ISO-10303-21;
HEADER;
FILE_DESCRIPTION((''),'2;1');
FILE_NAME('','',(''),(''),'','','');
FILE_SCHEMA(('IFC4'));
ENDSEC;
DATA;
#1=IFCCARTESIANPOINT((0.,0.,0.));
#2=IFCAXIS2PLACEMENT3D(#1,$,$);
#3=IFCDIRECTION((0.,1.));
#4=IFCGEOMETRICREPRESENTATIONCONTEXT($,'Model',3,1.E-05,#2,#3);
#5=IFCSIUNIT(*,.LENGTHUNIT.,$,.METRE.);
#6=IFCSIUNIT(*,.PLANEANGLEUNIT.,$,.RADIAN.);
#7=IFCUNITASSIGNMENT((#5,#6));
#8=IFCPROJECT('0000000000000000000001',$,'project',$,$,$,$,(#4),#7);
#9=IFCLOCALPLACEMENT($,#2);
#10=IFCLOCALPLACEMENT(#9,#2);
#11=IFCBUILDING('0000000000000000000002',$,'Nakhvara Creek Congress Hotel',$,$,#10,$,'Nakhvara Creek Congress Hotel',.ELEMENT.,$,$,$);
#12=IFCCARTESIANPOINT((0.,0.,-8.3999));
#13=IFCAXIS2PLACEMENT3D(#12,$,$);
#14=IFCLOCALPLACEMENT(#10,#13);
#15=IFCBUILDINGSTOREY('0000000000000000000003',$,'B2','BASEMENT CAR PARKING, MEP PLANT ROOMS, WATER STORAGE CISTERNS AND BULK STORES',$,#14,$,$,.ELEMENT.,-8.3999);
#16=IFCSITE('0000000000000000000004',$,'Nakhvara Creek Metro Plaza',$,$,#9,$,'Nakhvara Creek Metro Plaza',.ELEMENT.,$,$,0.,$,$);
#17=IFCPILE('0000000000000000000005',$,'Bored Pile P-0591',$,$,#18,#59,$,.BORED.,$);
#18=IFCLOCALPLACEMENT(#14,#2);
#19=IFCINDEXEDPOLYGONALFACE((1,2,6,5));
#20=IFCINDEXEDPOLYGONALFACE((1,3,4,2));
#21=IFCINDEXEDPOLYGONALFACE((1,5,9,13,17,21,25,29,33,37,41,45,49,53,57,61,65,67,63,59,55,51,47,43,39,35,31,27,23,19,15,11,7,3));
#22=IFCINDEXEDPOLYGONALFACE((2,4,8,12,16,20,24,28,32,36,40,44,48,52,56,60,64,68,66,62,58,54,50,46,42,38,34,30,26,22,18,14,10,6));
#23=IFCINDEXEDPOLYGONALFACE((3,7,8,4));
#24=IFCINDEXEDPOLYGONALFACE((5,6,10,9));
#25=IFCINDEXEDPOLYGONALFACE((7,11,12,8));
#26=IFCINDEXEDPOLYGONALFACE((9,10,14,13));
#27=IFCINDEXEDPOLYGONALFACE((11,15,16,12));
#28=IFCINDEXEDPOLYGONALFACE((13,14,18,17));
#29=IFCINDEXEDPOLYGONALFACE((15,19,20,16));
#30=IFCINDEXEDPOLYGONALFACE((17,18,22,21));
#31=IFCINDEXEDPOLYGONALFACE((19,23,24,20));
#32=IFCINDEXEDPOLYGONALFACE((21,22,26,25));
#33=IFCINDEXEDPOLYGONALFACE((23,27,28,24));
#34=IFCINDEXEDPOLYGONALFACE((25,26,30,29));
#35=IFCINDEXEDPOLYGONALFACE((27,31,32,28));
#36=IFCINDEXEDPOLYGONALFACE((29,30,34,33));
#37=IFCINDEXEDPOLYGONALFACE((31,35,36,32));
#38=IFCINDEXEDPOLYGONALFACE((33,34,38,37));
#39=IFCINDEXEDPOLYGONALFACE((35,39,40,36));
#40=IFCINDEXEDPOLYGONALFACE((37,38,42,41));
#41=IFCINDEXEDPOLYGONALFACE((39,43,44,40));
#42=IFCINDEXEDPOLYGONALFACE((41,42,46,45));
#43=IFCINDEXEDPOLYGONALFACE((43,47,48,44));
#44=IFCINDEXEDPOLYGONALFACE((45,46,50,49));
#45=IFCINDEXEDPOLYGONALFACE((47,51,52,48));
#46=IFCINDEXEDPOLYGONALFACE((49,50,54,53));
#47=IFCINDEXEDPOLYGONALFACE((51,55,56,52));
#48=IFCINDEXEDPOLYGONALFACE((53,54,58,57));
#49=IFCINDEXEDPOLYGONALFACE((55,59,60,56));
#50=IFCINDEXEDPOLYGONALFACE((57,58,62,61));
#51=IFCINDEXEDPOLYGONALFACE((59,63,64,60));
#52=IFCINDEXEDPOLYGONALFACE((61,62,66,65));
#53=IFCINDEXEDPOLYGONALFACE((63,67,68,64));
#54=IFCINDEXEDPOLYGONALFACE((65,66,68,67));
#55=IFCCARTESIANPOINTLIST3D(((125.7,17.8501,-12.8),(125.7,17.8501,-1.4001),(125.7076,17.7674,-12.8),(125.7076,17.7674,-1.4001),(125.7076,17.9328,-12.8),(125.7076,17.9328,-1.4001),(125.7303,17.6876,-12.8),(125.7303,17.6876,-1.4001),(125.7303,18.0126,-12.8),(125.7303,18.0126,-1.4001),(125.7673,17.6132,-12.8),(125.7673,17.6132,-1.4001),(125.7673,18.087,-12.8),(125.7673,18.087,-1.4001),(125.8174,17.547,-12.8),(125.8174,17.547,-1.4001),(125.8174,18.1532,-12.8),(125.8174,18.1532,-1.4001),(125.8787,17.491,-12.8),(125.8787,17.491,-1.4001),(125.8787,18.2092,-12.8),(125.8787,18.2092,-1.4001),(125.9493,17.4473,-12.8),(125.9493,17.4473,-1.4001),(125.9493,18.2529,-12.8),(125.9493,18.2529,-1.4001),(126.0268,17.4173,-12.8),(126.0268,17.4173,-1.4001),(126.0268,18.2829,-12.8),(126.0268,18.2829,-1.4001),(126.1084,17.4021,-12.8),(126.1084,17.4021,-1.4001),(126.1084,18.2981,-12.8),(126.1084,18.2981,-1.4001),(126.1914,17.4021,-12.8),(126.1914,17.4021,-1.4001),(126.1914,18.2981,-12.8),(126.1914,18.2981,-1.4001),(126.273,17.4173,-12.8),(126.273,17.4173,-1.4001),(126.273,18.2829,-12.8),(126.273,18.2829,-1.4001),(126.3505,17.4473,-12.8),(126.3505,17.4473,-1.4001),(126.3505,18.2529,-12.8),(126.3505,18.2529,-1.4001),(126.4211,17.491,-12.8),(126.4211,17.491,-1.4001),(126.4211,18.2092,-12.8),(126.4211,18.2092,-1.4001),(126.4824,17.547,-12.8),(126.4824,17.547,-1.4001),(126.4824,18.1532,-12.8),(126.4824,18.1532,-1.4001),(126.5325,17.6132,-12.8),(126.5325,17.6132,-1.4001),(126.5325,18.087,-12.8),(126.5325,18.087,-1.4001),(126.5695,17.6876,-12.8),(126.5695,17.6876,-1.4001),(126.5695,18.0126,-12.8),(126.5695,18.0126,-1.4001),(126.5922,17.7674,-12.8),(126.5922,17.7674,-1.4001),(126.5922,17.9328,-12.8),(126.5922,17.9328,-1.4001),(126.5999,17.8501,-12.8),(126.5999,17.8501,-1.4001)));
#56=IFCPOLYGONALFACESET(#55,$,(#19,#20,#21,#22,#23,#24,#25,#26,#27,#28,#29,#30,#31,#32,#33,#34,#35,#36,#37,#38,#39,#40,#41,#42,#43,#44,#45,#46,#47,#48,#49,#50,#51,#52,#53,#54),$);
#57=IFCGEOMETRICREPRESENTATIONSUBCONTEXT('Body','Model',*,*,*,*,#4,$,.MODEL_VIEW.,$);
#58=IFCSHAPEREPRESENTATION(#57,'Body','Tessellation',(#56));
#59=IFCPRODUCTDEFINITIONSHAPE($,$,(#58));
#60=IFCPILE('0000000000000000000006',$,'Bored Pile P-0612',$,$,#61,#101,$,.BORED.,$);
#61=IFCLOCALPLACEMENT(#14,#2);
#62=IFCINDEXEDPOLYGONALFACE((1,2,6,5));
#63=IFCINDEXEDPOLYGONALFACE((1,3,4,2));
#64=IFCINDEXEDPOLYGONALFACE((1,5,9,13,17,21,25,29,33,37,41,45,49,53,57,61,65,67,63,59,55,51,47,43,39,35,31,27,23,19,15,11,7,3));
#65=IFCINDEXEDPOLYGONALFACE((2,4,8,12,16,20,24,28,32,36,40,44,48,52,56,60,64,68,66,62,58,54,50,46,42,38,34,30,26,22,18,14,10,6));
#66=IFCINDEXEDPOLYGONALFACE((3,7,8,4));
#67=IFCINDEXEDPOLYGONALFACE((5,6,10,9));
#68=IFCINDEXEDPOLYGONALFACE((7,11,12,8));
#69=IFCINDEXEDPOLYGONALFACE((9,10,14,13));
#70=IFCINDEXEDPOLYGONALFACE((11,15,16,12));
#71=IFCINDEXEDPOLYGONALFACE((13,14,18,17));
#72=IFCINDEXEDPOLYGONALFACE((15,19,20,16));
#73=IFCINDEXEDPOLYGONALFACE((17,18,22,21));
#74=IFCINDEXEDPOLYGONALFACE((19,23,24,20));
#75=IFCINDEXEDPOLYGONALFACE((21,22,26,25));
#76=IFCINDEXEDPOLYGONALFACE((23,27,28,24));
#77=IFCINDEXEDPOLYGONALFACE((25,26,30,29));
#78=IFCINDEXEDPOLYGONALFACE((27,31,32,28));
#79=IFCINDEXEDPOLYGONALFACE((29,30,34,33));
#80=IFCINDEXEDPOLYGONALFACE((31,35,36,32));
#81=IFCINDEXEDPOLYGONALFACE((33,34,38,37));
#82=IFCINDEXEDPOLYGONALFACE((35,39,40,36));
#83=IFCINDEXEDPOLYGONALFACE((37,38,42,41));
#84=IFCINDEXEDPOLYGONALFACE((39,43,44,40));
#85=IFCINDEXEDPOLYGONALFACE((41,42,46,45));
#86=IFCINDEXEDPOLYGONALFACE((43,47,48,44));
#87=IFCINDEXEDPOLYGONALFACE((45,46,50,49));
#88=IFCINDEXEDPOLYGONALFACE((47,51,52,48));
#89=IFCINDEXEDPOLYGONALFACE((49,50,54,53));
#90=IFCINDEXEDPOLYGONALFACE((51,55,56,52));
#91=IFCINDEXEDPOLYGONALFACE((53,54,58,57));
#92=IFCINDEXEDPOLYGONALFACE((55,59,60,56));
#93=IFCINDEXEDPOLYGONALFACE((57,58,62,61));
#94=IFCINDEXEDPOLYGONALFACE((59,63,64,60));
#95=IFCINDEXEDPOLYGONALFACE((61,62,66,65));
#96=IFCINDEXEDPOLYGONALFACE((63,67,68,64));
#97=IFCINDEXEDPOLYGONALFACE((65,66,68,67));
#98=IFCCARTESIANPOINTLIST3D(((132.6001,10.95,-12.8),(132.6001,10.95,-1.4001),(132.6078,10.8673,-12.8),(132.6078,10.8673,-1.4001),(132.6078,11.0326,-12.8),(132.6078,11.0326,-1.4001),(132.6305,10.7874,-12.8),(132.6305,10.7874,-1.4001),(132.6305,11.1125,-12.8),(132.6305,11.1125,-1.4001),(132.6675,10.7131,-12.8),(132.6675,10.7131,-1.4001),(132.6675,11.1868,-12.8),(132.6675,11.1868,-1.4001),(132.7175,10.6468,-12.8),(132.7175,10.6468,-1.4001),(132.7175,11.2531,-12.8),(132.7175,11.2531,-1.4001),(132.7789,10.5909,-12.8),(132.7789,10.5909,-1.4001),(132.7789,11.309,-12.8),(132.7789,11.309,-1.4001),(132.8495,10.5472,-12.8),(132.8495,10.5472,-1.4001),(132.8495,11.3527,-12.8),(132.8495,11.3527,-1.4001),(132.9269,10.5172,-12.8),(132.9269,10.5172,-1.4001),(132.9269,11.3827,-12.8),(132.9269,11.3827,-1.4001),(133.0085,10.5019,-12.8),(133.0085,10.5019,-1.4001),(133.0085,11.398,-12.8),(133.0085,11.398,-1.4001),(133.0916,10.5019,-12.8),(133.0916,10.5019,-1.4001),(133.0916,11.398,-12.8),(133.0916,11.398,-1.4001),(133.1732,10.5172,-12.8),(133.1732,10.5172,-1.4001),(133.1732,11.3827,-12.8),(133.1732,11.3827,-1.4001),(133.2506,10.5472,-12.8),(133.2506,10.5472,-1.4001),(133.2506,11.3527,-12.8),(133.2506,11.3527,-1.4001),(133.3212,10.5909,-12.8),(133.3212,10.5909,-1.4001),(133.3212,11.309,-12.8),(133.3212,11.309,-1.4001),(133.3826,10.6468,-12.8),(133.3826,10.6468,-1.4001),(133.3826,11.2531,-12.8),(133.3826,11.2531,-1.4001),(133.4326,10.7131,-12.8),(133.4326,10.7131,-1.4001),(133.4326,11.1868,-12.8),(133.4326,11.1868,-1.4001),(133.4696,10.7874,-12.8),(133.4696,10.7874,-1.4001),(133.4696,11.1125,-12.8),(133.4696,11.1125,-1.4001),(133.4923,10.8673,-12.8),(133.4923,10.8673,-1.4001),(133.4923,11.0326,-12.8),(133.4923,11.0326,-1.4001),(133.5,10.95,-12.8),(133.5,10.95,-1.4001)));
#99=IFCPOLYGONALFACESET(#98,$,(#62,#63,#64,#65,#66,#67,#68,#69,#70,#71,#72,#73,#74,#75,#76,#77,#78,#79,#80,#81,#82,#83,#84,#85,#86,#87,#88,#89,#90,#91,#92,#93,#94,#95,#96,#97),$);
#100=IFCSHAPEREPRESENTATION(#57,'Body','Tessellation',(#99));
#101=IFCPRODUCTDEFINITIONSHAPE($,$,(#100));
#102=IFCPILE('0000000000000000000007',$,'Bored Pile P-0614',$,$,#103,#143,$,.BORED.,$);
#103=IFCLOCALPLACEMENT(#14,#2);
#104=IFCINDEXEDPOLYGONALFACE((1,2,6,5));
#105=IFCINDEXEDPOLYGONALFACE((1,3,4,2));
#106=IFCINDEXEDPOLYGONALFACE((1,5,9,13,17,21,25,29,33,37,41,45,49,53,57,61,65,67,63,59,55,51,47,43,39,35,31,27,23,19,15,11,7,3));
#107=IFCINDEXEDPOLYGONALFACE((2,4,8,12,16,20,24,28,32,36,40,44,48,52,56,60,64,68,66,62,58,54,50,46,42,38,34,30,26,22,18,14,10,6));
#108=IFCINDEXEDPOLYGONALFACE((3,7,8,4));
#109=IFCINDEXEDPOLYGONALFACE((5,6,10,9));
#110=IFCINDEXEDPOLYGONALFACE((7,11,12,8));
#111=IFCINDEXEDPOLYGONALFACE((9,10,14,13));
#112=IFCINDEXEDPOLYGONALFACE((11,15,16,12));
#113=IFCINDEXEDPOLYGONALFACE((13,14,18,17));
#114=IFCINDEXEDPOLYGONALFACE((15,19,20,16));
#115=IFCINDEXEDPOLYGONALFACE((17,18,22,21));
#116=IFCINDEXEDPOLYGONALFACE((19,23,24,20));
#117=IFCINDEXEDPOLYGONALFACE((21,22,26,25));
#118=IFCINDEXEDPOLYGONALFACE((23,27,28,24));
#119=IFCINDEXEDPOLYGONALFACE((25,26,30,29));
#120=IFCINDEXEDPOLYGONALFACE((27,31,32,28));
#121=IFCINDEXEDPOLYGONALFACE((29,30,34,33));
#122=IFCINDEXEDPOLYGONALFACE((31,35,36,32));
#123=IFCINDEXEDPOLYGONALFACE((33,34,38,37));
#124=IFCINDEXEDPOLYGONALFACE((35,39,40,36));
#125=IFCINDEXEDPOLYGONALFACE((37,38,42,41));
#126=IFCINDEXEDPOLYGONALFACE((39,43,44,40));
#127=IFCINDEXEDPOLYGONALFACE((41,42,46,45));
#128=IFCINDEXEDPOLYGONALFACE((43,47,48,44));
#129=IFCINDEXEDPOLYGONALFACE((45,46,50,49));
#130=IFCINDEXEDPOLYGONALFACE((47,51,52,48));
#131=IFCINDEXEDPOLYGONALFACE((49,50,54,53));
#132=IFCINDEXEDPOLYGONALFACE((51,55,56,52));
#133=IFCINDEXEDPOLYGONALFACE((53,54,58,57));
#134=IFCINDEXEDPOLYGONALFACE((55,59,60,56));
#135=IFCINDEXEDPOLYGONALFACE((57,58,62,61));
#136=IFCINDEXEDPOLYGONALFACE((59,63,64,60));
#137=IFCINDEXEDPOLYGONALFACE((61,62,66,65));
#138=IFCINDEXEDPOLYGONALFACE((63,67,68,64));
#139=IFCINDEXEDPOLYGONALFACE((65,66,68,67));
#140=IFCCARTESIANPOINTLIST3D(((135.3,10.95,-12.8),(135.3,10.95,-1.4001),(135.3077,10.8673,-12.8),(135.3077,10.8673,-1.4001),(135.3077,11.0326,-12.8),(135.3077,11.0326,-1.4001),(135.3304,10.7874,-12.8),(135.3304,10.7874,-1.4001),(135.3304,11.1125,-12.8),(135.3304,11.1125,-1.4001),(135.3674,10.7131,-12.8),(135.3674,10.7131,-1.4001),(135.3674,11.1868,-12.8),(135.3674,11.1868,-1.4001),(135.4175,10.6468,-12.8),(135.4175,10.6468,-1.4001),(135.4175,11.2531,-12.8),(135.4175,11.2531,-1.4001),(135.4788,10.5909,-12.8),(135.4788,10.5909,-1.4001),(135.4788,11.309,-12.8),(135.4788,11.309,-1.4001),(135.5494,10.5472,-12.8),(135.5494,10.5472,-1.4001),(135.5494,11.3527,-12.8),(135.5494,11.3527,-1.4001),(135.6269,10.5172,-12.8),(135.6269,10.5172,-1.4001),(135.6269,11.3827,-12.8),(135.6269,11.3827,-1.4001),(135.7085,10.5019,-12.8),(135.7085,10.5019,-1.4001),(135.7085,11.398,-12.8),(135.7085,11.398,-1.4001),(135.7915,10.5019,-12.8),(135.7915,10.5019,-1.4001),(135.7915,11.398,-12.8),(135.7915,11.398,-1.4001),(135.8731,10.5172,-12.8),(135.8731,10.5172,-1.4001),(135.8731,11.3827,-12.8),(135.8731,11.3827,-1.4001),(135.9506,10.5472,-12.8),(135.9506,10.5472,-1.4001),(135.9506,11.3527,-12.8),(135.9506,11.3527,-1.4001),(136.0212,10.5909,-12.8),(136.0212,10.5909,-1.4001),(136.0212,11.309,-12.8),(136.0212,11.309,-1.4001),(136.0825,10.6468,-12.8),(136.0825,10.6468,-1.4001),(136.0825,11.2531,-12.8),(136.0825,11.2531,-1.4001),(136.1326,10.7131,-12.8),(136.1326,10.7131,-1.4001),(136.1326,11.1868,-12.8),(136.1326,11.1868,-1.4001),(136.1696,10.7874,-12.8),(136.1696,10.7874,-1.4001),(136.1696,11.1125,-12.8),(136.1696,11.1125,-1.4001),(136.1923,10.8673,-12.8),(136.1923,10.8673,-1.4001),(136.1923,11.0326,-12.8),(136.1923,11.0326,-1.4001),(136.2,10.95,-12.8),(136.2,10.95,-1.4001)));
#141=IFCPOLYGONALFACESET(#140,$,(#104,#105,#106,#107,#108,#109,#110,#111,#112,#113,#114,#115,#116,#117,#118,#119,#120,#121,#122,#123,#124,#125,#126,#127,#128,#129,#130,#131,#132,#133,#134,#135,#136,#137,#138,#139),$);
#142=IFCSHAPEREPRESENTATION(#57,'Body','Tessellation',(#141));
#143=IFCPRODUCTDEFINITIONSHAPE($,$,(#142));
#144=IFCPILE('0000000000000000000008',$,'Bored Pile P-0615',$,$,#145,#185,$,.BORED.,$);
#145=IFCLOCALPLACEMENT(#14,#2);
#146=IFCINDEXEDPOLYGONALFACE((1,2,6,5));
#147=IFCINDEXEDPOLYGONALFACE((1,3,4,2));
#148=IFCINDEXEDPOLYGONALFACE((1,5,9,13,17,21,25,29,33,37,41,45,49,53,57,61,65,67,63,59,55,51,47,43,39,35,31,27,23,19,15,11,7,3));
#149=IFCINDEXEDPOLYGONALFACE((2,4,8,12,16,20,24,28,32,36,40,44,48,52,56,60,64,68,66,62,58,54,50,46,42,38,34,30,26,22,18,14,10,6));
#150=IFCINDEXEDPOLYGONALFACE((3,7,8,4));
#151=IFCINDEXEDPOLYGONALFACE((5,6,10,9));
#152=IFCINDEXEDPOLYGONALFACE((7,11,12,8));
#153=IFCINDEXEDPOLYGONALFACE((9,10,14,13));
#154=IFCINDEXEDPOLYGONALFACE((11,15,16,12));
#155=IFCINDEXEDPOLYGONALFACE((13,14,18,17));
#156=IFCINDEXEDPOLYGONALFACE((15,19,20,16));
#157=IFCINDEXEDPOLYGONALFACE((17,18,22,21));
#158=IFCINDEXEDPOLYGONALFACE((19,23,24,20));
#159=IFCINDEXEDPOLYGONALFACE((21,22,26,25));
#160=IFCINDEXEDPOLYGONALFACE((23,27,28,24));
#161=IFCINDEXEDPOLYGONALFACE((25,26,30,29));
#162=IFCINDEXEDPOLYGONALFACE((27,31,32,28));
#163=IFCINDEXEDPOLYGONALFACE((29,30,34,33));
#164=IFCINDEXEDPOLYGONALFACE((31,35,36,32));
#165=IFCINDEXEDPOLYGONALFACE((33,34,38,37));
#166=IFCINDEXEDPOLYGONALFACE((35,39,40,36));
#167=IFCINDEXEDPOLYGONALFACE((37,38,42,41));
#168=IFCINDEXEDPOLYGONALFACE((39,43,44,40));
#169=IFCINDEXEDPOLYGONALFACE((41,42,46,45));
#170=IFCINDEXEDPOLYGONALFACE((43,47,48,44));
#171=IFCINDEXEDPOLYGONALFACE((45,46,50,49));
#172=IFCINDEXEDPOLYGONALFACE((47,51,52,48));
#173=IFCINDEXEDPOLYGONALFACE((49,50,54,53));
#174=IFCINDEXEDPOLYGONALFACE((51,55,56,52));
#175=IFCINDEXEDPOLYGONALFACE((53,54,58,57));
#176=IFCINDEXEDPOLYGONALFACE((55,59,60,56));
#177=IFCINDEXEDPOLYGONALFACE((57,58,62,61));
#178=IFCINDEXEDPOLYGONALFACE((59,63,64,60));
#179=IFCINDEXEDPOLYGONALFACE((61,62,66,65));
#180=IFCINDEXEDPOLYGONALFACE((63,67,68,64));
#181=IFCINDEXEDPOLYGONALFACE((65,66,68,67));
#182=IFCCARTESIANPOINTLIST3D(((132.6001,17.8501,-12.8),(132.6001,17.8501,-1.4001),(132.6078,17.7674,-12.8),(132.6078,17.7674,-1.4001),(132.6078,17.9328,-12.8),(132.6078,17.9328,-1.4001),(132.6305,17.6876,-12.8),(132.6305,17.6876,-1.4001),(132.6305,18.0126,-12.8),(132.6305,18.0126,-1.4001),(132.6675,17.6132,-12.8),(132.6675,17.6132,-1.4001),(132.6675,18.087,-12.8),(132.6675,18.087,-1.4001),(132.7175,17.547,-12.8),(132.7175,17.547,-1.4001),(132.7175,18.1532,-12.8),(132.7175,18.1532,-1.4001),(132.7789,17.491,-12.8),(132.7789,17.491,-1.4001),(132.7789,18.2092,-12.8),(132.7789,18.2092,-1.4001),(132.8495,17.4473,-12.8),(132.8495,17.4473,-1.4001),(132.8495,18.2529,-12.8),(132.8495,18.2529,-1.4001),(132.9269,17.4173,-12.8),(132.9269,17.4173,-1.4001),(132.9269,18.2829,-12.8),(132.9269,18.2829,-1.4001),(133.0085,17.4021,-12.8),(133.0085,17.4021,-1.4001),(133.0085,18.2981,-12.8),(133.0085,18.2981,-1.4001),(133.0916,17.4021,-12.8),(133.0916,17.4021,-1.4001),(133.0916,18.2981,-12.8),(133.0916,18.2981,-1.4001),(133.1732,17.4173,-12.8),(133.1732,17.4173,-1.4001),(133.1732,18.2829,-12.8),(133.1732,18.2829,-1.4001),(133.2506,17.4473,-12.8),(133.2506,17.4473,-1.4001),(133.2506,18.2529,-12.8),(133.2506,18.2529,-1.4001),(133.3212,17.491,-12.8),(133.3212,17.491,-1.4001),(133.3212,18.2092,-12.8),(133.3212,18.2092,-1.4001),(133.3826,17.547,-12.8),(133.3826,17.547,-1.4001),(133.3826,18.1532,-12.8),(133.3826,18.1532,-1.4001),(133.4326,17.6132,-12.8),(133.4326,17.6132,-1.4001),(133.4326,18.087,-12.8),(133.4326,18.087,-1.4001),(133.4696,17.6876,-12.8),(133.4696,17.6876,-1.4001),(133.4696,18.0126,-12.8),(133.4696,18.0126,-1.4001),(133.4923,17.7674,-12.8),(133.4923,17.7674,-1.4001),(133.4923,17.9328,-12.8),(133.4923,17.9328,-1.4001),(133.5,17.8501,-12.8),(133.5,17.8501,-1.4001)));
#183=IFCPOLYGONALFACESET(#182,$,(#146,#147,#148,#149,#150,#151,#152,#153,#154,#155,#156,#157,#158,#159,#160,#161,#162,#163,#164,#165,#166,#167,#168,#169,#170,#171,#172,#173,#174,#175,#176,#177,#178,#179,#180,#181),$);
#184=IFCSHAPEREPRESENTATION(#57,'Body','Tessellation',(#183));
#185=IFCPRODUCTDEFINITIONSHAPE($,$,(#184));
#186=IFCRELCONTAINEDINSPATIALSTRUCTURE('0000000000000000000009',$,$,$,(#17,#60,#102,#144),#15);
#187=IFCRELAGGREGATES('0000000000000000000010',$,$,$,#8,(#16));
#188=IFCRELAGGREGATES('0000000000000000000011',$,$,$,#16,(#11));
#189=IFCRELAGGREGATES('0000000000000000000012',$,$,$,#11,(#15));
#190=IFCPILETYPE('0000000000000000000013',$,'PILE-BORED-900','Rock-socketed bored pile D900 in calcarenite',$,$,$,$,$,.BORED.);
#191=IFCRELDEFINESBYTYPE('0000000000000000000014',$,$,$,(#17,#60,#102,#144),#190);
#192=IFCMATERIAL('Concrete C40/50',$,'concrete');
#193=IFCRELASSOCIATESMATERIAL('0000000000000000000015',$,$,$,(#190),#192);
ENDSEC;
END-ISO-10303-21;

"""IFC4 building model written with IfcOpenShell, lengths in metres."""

from ifc_helpers import new_model, si_unit, direction, frame, origin, origin_2d, place, context, subcontext, project, spatial, circle, extrude, material, material_profile, profile_set, type_object, element, save


model = new_model("IFC4")

# Units and contexts
model_context = context("Model", 3, precision=1e-05, world=origin(), true_north=direction((0.0, 1.0)))
body_context = subcontext(model_context, "Body", "Model", "MODEL_VIEW")
ifc_project = project(units=[si_unit("LENGTHUNIT", "METRE"), si_unit("PLANEANGLEUNIT", "RADIAN")], contexts=[model_context])

# Site, building, storey
site_placement = place(None, origin())
site = spatial("IfcSite", under=ifc_project, at=site_placement, Name="Nakhvara Creek Metro Plaza", LongName="Nakhvara Creek Metro Plaza", CompositionType="ELEMENT", RefElevation=0.0)
building_placement = place(site_placement, origin())
building = spatial("IfcBuilding", under=site, at=building_placement, Name="Nakhvara Creek Congress Hotel", LongName="Nakhvara Creek Congress Hotel", CompositionType="ELEMENT")
storey_placement = place(building_placement, frame((0.0, 0.0, -8.3999)))
storey = spatial("IfcBuildingStorey", under=building, at=storey_placement, Name="B2", Description="BASEMENT CAR PARKING, MEP PLANT ROOMS, WATER STORAGE CISTERNS AND BULK STORES", CompositionType="ELEMENT", Elevation=-8.3999)

# Shared definitions
ifc_material_1 = material(Name="Concrete C40/50", Category="concrete")

# Piles
ifc_material_profile_1 = material_profile(ifc_material_1, circle(Radius=0.45, at=origin_2d()), Name="BORED PILE D900", Category="LoadBearing")
ifc_profile_set_1 = profile_set([ifc_material_profile_1], Name="Concrete C40/50")
pile_type = type_object("IfcPileType", Name="PILE-BORED-900", Description="Rock-socketed bored pile D900 in calcarenite", PredefinedType="BORED", material=ifc_profile_set_1)
for number, where, z_axis, x_axis, name in (
    (1, (126.1499, 17.8501, -1.4001), (0.0, 0.0, -1.0), (1.0, 0.0, 0.0), "Bored Pile P-0591"),
    (2, (133.05, 10.95, -1.4001), (0.0, 0.0, -1.0), (1.0, 0.0, 0.0), "Bored Pile P-0612"),
    (3, (135.75, 10.95, -1.4001), (0.0, 0.0, -1.0), (1.0, 0.0, 0.0), "Bored Pile P-0614"),
    (4, (133.05, 17.8501, -1.4001), (0.0, 0.0, -1.0), (1.0, 0.0, 0.0), "Bored Pile P-0615"),
):
    element("IfcPile", number, at=place(storey_placement, frame(where, z_axis=z_axis, x_axis=x_axis)), inside=storey, type_object=pile_type, Name=name, PredefinedType="BORED", context=body_context, shape_type="SweptSolid", body=[
        extrude(circle(Radius=0.45, at=origin_2d()), origin(), (0.0, 0.0, 1.0), 11.3999),
    ])

save(model, "model.ifc")
